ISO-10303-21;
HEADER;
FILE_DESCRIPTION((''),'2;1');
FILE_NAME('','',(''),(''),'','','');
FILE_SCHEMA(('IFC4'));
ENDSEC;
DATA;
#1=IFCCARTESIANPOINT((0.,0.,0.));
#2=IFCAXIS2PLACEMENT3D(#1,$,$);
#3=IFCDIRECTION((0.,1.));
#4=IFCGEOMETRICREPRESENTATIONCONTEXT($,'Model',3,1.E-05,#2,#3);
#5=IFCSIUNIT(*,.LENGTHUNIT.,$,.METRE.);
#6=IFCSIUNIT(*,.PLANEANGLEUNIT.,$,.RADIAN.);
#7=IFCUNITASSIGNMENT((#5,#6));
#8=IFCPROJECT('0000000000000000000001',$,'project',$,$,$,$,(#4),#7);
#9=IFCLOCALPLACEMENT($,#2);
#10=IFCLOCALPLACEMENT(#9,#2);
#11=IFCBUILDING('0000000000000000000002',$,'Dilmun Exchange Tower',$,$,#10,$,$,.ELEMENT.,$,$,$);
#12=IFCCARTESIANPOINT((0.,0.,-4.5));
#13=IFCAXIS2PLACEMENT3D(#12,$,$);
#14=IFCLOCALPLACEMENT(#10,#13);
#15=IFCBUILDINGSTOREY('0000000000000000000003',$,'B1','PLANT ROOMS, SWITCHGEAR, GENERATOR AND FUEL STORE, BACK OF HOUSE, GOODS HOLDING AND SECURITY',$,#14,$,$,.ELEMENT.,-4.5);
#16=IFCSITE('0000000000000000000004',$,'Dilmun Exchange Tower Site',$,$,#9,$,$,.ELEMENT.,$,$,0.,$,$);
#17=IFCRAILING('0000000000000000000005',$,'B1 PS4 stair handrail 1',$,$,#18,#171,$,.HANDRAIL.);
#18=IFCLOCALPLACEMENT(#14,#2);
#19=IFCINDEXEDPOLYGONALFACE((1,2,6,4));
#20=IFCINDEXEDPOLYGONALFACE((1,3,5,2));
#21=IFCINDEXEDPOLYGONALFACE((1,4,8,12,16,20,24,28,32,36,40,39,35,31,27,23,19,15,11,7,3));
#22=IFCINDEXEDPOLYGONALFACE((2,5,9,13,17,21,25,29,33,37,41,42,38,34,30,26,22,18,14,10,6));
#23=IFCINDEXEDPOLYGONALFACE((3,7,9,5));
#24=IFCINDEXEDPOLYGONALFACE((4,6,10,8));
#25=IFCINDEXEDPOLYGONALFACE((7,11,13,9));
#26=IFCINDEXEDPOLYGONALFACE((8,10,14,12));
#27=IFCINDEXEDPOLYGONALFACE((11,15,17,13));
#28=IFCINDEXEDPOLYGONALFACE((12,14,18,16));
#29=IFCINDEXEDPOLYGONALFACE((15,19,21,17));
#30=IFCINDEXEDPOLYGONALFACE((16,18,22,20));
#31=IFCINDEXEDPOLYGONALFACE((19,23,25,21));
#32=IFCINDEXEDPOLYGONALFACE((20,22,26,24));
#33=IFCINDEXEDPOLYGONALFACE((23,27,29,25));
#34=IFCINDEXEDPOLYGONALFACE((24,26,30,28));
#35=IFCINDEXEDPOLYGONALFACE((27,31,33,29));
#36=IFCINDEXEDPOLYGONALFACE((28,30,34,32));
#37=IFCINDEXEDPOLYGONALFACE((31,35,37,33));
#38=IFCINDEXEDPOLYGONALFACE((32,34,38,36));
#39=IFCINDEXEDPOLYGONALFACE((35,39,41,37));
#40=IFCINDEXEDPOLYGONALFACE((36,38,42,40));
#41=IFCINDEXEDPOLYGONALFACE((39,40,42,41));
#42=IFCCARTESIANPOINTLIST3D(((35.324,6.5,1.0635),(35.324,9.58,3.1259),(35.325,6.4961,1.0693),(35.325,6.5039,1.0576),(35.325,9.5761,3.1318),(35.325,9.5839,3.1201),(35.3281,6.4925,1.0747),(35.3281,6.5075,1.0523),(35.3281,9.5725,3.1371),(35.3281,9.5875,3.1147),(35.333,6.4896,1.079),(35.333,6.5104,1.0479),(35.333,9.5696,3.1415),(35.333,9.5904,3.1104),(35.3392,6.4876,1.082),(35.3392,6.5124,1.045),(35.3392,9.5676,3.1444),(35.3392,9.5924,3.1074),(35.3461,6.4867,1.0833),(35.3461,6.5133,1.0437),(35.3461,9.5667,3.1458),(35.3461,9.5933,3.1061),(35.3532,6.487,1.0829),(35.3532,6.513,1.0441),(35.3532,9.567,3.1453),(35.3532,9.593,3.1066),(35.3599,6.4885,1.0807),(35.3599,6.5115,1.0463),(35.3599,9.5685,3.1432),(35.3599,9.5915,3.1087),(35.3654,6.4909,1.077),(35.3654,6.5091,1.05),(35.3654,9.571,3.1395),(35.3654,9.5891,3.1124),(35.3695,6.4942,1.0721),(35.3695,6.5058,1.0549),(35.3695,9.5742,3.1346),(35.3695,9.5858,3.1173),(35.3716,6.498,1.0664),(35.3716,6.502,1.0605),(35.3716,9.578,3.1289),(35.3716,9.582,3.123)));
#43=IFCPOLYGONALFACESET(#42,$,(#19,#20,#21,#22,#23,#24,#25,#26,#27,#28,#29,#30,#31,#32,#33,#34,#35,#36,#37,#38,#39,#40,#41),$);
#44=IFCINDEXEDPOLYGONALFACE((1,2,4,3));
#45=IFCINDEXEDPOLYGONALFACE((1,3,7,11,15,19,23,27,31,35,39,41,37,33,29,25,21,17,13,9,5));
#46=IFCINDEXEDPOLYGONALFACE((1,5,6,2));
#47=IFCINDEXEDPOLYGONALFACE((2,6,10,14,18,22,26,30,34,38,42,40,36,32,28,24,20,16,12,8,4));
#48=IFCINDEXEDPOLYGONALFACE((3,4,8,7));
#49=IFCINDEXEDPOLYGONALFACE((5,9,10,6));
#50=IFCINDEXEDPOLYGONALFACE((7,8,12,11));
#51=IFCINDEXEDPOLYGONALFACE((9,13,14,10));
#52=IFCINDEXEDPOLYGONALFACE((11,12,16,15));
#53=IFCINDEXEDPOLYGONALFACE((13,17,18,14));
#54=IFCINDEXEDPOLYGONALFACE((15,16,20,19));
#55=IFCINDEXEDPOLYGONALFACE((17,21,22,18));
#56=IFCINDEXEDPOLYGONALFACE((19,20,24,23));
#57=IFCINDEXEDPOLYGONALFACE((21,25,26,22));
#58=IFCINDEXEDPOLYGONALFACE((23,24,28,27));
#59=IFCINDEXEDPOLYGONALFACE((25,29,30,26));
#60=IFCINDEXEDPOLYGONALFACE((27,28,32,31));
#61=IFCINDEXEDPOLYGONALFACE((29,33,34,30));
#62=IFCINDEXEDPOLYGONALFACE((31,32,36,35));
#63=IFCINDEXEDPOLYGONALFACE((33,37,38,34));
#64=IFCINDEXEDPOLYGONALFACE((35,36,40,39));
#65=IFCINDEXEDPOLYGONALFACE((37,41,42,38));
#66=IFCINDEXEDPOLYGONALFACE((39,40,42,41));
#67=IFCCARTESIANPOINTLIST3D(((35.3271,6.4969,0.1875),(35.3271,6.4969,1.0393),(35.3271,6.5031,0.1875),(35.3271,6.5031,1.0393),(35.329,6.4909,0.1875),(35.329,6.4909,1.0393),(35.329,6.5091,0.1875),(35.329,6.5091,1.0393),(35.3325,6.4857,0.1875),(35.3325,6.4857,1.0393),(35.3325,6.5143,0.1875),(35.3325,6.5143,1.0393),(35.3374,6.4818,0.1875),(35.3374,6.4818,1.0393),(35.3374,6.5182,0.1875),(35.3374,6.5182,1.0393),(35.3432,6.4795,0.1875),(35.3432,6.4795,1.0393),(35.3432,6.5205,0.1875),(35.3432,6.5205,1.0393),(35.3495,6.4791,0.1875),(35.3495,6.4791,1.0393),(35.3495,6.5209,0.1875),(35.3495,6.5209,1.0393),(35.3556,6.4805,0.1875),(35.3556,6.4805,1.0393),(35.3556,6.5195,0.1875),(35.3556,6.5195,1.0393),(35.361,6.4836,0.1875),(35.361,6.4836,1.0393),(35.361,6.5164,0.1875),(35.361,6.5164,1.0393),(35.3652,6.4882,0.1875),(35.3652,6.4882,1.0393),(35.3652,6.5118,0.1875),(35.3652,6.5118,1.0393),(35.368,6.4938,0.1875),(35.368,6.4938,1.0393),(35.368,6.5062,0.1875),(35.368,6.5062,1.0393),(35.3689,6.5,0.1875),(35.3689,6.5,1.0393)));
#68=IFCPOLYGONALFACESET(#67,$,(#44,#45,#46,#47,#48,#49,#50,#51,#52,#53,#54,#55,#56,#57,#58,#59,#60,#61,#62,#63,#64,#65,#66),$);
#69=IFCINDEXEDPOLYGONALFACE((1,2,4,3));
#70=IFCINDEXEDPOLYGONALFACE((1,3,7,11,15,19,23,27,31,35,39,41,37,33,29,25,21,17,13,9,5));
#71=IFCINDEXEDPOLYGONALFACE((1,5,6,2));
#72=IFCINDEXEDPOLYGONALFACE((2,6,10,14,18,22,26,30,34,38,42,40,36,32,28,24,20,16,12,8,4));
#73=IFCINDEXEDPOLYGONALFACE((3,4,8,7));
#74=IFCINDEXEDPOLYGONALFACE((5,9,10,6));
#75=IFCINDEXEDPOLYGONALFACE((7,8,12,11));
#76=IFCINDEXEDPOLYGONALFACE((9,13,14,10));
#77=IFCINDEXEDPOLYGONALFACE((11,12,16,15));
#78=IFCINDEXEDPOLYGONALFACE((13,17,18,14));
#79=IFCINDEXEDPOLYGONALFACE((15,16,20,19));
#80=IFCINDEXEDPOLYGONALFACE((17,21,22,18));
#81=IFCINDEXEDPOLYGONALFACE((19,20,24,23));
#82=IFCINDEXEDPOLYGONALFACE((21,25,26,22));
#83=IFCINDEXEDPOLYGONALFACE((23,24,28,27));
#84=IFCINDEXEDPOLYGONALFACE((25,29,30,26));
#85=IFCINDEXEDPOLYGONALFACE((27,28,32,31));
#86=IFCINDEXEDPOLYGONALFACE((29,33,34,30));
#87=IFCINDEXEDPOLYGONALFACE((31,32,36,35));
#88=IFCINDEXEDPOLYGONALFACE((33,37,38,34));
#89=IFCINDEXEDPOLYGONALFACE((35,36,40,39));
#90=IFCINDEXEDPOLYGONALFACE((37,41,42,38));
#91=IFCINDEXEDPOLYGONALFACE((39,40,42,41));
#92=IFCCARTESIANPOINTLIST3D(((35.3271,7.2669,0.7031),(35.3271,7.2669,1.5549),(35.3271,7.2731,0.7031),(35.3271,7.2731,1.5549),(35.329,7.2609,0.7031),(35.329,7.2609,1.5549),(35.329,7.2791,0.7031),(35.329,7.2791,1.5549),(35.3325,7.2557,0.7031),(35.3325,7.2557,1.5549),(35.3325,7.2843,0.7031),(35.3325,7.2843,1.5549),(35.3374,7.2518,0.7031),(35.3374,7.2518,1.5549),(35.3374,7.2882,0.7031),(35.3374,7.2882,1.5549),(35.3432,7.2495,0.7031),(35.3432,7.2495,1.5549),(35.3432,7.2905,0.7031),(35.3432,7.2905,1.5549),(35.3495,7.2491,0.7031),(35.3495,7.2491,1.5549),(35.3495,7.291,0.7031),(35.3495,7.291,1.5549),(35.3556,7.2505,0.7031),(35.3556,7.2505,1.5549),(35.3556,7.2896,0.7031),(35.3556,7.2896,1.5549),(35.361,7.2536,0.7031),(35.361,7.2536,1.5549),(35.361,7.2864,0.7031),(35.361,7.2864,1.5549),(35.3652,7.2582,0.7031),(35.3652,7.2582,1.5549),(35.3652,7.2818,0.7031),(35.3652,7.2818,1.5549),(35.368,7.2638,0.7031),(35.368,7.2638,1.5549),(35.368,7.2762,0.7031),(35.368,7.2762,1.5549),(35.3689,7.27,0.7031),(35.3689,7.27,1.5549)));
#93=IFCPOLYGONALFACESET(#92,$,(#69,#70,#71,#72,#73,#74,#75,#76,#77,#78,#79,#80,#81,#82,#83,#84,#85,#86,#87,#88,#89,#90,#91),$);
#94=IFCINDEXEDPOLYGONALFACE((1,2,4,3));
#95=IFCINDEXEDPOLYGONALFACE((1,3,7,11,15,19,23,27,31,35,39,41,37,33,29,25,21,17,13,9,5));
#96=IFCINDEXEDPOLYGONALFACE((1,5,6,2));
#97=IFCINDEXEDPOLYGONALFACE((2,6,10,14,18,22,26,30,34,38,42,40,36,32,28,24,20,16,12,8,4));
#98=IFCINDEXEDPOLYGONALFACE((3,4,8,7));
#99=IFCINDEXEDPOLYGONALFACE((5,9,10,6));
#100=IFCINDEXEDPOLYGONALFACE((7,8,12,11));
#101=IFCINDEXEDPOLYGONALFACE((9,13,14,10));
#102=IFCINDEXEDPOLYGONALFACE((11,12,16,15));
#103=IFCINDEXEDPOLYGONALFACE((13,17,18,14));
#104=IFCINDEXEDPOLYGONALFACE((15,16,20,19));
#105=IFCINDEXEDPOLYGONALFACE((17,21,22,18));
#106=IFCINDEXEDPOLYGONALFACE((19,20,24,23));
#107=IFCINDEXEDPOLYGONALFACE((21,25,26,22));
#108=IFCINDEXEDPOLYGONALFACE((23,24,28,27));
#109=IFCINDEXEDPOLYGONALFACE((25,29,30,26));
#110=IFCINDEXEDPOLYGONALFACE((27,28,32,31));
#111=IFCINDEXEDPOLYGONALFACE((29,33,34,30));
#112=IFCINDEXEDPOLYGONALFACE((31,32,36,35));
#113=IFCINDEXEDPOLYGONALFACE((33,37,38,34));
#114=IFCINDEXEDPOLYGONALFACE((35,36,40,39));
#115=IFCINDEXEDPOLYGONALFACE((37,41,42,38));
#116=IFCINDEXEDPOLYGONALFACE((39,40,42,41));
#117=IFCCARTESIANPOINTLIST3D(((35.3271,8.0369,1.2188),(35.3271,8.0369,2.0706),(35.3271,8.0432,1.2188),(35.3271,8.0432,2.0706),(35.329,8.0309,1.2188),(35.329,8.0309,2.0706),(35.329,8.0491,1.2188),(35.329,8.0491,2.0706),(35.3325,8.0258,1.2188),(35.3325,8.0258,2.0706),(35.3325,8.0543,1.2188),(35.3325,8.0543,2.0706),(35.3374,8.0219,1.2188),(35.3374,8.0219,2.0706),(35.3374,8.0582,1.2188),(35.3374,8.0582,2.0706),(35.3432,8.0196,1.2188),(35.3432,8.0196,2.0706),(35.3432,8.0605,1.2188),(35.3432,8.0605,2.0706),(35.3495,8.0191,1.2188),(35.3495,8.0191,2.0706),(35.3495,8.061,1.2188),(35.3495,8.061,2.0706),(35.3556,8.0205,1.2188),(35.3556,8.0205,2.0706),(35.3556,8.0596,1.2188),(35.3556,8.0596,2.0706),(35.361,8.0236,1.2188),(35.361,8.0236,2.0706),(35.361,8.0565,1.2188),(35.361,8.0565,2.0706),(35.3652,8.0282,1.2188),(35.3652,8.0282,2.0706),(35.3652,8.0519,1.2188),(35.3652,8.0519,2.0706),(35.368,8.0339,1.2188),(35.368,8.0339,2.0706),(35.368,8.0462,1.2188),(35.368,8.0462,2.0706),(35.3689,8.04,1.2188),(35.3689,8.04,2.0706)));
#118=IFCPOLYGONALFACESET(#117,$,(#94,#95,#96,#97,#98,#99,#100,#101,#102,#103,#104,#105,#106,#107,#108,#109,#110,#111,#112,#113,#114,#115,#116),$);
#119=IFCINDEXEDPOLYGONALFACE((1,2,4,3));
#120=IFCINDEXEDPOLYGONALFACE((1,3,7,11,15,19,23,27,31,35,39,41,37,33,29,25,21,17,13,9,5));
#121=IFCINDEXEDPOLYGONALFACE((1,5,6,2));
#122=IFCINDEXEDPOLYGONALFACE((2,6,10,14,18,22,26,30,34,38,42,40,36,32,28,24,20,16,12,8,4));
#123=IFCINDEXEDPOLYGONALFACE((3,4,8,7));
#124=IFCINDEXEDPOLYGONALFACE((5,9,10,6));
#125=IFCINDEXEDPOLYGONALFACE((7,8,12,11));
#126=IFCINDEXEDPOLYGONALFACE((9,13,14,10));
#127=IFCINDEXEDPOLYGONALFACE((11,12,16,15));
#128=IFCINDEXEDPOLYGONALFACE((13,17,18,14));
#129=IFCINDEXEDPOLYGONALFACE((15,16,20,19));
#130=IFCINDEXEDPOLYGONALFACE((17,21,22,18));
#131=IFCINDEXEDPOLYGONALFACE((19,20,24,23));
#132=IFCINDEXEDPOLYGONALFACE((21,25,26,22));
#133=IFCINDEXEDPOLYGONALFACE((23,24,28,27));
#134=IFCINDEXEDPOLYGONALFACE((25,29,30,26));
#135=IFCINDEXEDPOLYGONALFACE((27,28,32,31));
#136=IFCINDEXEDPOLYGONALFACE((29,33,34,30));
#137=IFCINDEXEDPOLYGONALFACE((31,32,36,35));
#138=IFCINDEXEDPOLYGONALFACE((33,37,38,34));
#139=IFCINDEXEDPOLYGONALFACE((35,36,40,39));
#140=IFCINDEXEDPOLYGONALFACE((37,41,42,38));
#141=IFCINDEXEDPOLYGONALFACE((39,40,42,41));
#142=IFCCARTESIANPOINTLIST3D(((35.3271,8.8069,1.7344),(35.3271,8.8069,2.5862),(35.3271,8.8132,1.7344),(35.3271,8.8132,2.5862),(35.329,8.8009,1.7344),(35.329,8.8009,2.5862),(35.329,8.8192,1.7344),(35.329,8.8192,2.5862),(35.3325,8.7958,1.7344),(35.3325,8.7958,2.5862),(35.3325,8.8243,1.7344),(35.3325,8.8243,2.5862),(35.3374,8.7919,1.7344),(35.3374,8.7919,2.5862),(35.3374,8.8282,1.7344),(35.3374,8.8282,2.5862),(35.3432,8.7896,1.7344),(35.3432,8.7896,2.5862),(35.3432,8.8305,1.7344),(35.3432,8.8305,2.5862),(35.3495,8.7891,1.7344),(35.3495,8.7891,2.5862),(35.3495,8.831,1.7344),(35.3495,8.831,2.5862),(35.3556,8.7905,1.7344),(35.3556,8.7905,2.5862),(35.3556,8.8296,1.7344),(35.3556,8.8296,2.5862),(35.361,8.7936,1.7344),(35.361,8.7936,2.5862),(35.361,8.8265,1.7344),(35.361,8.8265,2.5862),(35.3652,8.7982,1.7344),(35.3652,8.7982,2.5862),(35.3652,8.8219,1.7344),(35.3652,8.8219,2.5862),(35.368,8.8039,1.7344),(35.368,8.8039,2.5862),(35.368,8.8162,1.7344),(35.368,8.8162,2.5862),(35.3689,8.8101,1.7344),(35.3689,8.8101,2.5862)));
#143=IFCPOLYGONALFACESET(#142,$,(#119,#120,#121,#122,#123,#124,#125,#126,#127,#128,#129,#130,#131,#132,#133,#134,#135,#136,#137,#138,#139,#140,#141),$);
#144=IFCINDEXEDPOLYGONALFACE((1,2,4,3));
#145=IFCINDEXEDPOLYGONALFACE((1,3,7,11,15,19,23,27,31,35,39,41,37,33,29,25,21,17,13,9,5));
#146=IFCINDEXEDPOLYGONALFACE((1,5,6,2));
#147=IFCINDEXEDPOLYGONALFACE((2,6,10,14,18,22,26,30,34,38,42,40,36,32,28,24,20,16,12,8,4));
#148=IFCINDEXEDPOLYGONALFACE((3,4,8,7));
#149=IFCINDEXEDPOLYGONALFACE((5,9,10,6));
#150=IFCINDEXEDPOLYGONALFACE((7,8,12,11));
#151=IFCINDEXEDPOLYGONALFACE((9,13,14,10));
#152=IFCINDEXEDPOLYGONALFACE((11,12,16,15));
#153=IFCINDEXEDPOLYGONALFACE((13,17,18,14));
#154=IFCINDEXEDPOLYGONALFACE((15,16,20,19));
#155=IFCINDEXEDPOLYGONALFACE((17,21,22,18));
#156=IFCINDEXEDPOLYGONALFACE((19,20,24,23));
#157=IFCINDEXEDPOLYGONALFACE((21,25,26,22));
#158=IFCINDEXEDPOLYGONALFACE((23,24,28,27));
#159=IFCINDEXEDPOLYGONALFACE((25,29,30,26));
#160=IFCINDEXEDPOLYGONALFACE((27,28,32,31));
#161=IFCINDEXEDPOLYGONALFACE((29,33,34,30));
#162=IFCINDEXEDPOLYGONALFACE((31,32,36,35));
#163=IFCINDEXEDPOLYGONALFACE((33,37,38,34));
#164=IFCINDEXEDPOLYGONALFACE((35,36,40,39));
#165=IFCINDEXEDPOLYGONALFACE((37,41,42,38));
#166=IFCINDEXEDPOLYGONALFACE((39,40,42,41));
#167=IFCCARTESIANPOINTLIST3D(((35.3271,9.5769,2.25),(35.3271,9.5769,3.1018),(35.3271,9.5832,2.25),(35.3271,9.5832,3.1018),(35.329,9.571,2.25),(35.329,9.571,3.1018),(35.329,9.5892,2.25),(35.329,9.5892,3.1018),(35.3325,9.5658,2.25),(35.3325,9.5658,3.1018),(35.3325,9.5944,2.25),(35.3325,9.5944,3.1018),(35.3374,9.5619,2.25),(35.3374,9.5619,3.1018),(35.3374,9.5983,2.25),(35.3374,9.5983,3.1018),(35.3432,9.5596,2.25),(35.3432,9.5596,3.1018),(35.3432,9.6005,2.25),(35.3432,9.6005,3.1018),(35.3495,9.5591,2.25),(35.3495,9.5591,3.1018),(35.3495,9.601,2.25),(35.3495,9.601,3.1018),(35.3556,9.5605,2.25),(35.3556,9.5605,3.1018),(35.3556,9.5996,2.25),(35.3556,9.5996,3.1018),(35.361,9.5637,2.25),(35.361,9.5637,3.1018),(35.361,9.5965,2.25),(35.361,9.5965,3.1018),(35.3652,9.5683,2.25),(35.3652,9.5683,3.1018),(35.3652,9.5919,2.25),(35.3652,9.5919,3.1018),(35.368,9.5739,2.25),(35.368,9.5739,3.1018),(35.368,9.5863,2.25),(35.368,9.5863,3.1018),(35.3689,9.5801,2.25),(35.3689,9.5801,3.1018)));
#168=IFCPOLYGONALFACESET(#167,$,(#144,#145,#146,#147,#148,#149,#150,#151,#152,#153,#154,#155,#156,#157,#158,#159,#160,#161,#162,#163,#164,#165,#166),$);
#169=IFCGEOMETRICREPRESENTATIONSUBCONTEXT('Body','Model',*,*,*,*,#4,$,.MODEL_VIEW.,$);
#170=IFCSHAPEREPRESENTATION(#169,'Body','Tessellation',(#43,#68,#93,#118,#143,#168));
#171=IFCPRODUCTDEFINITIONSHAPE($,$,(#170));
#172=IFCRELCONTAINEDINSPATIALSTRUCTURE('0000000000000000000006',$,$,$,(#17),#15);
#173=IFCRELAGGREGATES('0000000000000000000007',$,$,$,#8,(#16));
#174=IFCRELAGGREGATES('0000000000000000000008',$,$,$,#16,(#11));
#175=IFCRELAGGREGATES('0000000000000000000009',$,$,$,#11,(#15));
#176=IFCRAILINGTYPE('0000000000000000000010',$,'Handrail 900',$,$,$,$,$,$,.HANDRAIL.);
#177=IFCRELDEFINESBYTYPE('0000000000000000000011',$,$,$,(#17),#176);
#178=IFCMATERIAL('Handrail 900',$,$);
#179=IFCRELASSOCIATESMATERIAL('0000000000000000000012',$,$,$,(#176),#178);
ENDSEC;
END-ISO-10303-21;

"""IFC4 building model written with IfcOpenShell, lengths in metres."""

from ifc_helpers import new_model, si_unit, direction, frame, origin, origin_2d, place, context, subcontext, project, spatial, circle, extrude, material, type_object, element, save


model = new_model("IFC4")

# Units and contexts
model_context = context("Model", 3, precision=1e-05, world=origin(), true_north=direction((0.0, 1.0)))
body_context = subcontext(model_context, "Body", "Model", "MODEL_VIEW")
ifc_project = project(units=[si_unit("LENGTHUNIT", "METRE"), si_unit("PLANEANGLEUNIT", "RADIAN")], contexts=[model_context])

# Site, building, storey
site_placement = place(None, origin())
site = spatial("IfcSite", under=ifc_project, at=site_placement, Name="Dilmun Exchange Tower Site", CompositionType="ELEMENT", RefElevation=0.0)
building_placement = place(site_placement, origin())
building = spatial("IfcBuilding", under=site, at=building_placement, Name="Dilmun Exchange Tower", CompositionType="ELEMENT")
storey_placement = place(building_placement, frame((0.0, 0.0, -4.5)))
storey = spatial("IfcBuildingStorey", under=building, at=storey_placement, Name="B1", Description="PLANT ROOMS, SWITCHGEAR, GENERATOR AND FUEL STORE, BACK OF HOUSE, GOODS HOLDING AND SECURITY", CompositionType="ELEMENT", Elevation=-4.5)

# Railing
ifc_material_1 = material(Name="Handrail 900")
railing_type_1 = type_object("IfcRailingType", Name="Handrail 900", PredefinedType="HANDRAIL", material=ifc_material_1)
railing_1_placement = place(storey_placement, frame((35.3479, 6.5, 0.1875)))
element("IfcRailing", 1, at=railing_1_placement, inside=storey, type_object=railing_type_1, Name="B1 PS4 stair handrail 1", PredefinedType="HANDRAIL", context=body_context, shape_type="SweptSolid", body=[
    extrude(circle(Radius=0.0239, at=origin_2d()), frame((0.0, 0.0, 0.876), z_axis=(0.0, 0.830914, 0.556401), x_axis=(-1.0, 0.0, 0.0)), (0.0, 0.0, 1.0), 3.7068),
    extrude(circle(Radius=0.021, at=origin_2d()), origin(), (0.0, 0.0, 1.0), 0.8518),
    extrude(circle(Radius=0.021, at=origin_2d()), frame((0.0, 0.77, 0.5156)), (0.0, 0.0, 1.0), 0.8518),
    extrude(circle(Radius=0.021, at=origin_2d()), frame((0.0, 1.54, 1.0312)), (0.0, 0.0, 1.0), 0.8518),
    extrude(circle(Radius=0.021, at=origin_2d()), frame((0.0, 2.3101, 1.5469)), (0.0, 0.0, 1.0), 0.8518),
    extrude(circle(Radius=0.021, at=origin_2d()), frame((0.0, 3.0801, 2.0625)), (0.0, 0.0, 1.0), 0.8518),
])

save(model, "model.ifc")
